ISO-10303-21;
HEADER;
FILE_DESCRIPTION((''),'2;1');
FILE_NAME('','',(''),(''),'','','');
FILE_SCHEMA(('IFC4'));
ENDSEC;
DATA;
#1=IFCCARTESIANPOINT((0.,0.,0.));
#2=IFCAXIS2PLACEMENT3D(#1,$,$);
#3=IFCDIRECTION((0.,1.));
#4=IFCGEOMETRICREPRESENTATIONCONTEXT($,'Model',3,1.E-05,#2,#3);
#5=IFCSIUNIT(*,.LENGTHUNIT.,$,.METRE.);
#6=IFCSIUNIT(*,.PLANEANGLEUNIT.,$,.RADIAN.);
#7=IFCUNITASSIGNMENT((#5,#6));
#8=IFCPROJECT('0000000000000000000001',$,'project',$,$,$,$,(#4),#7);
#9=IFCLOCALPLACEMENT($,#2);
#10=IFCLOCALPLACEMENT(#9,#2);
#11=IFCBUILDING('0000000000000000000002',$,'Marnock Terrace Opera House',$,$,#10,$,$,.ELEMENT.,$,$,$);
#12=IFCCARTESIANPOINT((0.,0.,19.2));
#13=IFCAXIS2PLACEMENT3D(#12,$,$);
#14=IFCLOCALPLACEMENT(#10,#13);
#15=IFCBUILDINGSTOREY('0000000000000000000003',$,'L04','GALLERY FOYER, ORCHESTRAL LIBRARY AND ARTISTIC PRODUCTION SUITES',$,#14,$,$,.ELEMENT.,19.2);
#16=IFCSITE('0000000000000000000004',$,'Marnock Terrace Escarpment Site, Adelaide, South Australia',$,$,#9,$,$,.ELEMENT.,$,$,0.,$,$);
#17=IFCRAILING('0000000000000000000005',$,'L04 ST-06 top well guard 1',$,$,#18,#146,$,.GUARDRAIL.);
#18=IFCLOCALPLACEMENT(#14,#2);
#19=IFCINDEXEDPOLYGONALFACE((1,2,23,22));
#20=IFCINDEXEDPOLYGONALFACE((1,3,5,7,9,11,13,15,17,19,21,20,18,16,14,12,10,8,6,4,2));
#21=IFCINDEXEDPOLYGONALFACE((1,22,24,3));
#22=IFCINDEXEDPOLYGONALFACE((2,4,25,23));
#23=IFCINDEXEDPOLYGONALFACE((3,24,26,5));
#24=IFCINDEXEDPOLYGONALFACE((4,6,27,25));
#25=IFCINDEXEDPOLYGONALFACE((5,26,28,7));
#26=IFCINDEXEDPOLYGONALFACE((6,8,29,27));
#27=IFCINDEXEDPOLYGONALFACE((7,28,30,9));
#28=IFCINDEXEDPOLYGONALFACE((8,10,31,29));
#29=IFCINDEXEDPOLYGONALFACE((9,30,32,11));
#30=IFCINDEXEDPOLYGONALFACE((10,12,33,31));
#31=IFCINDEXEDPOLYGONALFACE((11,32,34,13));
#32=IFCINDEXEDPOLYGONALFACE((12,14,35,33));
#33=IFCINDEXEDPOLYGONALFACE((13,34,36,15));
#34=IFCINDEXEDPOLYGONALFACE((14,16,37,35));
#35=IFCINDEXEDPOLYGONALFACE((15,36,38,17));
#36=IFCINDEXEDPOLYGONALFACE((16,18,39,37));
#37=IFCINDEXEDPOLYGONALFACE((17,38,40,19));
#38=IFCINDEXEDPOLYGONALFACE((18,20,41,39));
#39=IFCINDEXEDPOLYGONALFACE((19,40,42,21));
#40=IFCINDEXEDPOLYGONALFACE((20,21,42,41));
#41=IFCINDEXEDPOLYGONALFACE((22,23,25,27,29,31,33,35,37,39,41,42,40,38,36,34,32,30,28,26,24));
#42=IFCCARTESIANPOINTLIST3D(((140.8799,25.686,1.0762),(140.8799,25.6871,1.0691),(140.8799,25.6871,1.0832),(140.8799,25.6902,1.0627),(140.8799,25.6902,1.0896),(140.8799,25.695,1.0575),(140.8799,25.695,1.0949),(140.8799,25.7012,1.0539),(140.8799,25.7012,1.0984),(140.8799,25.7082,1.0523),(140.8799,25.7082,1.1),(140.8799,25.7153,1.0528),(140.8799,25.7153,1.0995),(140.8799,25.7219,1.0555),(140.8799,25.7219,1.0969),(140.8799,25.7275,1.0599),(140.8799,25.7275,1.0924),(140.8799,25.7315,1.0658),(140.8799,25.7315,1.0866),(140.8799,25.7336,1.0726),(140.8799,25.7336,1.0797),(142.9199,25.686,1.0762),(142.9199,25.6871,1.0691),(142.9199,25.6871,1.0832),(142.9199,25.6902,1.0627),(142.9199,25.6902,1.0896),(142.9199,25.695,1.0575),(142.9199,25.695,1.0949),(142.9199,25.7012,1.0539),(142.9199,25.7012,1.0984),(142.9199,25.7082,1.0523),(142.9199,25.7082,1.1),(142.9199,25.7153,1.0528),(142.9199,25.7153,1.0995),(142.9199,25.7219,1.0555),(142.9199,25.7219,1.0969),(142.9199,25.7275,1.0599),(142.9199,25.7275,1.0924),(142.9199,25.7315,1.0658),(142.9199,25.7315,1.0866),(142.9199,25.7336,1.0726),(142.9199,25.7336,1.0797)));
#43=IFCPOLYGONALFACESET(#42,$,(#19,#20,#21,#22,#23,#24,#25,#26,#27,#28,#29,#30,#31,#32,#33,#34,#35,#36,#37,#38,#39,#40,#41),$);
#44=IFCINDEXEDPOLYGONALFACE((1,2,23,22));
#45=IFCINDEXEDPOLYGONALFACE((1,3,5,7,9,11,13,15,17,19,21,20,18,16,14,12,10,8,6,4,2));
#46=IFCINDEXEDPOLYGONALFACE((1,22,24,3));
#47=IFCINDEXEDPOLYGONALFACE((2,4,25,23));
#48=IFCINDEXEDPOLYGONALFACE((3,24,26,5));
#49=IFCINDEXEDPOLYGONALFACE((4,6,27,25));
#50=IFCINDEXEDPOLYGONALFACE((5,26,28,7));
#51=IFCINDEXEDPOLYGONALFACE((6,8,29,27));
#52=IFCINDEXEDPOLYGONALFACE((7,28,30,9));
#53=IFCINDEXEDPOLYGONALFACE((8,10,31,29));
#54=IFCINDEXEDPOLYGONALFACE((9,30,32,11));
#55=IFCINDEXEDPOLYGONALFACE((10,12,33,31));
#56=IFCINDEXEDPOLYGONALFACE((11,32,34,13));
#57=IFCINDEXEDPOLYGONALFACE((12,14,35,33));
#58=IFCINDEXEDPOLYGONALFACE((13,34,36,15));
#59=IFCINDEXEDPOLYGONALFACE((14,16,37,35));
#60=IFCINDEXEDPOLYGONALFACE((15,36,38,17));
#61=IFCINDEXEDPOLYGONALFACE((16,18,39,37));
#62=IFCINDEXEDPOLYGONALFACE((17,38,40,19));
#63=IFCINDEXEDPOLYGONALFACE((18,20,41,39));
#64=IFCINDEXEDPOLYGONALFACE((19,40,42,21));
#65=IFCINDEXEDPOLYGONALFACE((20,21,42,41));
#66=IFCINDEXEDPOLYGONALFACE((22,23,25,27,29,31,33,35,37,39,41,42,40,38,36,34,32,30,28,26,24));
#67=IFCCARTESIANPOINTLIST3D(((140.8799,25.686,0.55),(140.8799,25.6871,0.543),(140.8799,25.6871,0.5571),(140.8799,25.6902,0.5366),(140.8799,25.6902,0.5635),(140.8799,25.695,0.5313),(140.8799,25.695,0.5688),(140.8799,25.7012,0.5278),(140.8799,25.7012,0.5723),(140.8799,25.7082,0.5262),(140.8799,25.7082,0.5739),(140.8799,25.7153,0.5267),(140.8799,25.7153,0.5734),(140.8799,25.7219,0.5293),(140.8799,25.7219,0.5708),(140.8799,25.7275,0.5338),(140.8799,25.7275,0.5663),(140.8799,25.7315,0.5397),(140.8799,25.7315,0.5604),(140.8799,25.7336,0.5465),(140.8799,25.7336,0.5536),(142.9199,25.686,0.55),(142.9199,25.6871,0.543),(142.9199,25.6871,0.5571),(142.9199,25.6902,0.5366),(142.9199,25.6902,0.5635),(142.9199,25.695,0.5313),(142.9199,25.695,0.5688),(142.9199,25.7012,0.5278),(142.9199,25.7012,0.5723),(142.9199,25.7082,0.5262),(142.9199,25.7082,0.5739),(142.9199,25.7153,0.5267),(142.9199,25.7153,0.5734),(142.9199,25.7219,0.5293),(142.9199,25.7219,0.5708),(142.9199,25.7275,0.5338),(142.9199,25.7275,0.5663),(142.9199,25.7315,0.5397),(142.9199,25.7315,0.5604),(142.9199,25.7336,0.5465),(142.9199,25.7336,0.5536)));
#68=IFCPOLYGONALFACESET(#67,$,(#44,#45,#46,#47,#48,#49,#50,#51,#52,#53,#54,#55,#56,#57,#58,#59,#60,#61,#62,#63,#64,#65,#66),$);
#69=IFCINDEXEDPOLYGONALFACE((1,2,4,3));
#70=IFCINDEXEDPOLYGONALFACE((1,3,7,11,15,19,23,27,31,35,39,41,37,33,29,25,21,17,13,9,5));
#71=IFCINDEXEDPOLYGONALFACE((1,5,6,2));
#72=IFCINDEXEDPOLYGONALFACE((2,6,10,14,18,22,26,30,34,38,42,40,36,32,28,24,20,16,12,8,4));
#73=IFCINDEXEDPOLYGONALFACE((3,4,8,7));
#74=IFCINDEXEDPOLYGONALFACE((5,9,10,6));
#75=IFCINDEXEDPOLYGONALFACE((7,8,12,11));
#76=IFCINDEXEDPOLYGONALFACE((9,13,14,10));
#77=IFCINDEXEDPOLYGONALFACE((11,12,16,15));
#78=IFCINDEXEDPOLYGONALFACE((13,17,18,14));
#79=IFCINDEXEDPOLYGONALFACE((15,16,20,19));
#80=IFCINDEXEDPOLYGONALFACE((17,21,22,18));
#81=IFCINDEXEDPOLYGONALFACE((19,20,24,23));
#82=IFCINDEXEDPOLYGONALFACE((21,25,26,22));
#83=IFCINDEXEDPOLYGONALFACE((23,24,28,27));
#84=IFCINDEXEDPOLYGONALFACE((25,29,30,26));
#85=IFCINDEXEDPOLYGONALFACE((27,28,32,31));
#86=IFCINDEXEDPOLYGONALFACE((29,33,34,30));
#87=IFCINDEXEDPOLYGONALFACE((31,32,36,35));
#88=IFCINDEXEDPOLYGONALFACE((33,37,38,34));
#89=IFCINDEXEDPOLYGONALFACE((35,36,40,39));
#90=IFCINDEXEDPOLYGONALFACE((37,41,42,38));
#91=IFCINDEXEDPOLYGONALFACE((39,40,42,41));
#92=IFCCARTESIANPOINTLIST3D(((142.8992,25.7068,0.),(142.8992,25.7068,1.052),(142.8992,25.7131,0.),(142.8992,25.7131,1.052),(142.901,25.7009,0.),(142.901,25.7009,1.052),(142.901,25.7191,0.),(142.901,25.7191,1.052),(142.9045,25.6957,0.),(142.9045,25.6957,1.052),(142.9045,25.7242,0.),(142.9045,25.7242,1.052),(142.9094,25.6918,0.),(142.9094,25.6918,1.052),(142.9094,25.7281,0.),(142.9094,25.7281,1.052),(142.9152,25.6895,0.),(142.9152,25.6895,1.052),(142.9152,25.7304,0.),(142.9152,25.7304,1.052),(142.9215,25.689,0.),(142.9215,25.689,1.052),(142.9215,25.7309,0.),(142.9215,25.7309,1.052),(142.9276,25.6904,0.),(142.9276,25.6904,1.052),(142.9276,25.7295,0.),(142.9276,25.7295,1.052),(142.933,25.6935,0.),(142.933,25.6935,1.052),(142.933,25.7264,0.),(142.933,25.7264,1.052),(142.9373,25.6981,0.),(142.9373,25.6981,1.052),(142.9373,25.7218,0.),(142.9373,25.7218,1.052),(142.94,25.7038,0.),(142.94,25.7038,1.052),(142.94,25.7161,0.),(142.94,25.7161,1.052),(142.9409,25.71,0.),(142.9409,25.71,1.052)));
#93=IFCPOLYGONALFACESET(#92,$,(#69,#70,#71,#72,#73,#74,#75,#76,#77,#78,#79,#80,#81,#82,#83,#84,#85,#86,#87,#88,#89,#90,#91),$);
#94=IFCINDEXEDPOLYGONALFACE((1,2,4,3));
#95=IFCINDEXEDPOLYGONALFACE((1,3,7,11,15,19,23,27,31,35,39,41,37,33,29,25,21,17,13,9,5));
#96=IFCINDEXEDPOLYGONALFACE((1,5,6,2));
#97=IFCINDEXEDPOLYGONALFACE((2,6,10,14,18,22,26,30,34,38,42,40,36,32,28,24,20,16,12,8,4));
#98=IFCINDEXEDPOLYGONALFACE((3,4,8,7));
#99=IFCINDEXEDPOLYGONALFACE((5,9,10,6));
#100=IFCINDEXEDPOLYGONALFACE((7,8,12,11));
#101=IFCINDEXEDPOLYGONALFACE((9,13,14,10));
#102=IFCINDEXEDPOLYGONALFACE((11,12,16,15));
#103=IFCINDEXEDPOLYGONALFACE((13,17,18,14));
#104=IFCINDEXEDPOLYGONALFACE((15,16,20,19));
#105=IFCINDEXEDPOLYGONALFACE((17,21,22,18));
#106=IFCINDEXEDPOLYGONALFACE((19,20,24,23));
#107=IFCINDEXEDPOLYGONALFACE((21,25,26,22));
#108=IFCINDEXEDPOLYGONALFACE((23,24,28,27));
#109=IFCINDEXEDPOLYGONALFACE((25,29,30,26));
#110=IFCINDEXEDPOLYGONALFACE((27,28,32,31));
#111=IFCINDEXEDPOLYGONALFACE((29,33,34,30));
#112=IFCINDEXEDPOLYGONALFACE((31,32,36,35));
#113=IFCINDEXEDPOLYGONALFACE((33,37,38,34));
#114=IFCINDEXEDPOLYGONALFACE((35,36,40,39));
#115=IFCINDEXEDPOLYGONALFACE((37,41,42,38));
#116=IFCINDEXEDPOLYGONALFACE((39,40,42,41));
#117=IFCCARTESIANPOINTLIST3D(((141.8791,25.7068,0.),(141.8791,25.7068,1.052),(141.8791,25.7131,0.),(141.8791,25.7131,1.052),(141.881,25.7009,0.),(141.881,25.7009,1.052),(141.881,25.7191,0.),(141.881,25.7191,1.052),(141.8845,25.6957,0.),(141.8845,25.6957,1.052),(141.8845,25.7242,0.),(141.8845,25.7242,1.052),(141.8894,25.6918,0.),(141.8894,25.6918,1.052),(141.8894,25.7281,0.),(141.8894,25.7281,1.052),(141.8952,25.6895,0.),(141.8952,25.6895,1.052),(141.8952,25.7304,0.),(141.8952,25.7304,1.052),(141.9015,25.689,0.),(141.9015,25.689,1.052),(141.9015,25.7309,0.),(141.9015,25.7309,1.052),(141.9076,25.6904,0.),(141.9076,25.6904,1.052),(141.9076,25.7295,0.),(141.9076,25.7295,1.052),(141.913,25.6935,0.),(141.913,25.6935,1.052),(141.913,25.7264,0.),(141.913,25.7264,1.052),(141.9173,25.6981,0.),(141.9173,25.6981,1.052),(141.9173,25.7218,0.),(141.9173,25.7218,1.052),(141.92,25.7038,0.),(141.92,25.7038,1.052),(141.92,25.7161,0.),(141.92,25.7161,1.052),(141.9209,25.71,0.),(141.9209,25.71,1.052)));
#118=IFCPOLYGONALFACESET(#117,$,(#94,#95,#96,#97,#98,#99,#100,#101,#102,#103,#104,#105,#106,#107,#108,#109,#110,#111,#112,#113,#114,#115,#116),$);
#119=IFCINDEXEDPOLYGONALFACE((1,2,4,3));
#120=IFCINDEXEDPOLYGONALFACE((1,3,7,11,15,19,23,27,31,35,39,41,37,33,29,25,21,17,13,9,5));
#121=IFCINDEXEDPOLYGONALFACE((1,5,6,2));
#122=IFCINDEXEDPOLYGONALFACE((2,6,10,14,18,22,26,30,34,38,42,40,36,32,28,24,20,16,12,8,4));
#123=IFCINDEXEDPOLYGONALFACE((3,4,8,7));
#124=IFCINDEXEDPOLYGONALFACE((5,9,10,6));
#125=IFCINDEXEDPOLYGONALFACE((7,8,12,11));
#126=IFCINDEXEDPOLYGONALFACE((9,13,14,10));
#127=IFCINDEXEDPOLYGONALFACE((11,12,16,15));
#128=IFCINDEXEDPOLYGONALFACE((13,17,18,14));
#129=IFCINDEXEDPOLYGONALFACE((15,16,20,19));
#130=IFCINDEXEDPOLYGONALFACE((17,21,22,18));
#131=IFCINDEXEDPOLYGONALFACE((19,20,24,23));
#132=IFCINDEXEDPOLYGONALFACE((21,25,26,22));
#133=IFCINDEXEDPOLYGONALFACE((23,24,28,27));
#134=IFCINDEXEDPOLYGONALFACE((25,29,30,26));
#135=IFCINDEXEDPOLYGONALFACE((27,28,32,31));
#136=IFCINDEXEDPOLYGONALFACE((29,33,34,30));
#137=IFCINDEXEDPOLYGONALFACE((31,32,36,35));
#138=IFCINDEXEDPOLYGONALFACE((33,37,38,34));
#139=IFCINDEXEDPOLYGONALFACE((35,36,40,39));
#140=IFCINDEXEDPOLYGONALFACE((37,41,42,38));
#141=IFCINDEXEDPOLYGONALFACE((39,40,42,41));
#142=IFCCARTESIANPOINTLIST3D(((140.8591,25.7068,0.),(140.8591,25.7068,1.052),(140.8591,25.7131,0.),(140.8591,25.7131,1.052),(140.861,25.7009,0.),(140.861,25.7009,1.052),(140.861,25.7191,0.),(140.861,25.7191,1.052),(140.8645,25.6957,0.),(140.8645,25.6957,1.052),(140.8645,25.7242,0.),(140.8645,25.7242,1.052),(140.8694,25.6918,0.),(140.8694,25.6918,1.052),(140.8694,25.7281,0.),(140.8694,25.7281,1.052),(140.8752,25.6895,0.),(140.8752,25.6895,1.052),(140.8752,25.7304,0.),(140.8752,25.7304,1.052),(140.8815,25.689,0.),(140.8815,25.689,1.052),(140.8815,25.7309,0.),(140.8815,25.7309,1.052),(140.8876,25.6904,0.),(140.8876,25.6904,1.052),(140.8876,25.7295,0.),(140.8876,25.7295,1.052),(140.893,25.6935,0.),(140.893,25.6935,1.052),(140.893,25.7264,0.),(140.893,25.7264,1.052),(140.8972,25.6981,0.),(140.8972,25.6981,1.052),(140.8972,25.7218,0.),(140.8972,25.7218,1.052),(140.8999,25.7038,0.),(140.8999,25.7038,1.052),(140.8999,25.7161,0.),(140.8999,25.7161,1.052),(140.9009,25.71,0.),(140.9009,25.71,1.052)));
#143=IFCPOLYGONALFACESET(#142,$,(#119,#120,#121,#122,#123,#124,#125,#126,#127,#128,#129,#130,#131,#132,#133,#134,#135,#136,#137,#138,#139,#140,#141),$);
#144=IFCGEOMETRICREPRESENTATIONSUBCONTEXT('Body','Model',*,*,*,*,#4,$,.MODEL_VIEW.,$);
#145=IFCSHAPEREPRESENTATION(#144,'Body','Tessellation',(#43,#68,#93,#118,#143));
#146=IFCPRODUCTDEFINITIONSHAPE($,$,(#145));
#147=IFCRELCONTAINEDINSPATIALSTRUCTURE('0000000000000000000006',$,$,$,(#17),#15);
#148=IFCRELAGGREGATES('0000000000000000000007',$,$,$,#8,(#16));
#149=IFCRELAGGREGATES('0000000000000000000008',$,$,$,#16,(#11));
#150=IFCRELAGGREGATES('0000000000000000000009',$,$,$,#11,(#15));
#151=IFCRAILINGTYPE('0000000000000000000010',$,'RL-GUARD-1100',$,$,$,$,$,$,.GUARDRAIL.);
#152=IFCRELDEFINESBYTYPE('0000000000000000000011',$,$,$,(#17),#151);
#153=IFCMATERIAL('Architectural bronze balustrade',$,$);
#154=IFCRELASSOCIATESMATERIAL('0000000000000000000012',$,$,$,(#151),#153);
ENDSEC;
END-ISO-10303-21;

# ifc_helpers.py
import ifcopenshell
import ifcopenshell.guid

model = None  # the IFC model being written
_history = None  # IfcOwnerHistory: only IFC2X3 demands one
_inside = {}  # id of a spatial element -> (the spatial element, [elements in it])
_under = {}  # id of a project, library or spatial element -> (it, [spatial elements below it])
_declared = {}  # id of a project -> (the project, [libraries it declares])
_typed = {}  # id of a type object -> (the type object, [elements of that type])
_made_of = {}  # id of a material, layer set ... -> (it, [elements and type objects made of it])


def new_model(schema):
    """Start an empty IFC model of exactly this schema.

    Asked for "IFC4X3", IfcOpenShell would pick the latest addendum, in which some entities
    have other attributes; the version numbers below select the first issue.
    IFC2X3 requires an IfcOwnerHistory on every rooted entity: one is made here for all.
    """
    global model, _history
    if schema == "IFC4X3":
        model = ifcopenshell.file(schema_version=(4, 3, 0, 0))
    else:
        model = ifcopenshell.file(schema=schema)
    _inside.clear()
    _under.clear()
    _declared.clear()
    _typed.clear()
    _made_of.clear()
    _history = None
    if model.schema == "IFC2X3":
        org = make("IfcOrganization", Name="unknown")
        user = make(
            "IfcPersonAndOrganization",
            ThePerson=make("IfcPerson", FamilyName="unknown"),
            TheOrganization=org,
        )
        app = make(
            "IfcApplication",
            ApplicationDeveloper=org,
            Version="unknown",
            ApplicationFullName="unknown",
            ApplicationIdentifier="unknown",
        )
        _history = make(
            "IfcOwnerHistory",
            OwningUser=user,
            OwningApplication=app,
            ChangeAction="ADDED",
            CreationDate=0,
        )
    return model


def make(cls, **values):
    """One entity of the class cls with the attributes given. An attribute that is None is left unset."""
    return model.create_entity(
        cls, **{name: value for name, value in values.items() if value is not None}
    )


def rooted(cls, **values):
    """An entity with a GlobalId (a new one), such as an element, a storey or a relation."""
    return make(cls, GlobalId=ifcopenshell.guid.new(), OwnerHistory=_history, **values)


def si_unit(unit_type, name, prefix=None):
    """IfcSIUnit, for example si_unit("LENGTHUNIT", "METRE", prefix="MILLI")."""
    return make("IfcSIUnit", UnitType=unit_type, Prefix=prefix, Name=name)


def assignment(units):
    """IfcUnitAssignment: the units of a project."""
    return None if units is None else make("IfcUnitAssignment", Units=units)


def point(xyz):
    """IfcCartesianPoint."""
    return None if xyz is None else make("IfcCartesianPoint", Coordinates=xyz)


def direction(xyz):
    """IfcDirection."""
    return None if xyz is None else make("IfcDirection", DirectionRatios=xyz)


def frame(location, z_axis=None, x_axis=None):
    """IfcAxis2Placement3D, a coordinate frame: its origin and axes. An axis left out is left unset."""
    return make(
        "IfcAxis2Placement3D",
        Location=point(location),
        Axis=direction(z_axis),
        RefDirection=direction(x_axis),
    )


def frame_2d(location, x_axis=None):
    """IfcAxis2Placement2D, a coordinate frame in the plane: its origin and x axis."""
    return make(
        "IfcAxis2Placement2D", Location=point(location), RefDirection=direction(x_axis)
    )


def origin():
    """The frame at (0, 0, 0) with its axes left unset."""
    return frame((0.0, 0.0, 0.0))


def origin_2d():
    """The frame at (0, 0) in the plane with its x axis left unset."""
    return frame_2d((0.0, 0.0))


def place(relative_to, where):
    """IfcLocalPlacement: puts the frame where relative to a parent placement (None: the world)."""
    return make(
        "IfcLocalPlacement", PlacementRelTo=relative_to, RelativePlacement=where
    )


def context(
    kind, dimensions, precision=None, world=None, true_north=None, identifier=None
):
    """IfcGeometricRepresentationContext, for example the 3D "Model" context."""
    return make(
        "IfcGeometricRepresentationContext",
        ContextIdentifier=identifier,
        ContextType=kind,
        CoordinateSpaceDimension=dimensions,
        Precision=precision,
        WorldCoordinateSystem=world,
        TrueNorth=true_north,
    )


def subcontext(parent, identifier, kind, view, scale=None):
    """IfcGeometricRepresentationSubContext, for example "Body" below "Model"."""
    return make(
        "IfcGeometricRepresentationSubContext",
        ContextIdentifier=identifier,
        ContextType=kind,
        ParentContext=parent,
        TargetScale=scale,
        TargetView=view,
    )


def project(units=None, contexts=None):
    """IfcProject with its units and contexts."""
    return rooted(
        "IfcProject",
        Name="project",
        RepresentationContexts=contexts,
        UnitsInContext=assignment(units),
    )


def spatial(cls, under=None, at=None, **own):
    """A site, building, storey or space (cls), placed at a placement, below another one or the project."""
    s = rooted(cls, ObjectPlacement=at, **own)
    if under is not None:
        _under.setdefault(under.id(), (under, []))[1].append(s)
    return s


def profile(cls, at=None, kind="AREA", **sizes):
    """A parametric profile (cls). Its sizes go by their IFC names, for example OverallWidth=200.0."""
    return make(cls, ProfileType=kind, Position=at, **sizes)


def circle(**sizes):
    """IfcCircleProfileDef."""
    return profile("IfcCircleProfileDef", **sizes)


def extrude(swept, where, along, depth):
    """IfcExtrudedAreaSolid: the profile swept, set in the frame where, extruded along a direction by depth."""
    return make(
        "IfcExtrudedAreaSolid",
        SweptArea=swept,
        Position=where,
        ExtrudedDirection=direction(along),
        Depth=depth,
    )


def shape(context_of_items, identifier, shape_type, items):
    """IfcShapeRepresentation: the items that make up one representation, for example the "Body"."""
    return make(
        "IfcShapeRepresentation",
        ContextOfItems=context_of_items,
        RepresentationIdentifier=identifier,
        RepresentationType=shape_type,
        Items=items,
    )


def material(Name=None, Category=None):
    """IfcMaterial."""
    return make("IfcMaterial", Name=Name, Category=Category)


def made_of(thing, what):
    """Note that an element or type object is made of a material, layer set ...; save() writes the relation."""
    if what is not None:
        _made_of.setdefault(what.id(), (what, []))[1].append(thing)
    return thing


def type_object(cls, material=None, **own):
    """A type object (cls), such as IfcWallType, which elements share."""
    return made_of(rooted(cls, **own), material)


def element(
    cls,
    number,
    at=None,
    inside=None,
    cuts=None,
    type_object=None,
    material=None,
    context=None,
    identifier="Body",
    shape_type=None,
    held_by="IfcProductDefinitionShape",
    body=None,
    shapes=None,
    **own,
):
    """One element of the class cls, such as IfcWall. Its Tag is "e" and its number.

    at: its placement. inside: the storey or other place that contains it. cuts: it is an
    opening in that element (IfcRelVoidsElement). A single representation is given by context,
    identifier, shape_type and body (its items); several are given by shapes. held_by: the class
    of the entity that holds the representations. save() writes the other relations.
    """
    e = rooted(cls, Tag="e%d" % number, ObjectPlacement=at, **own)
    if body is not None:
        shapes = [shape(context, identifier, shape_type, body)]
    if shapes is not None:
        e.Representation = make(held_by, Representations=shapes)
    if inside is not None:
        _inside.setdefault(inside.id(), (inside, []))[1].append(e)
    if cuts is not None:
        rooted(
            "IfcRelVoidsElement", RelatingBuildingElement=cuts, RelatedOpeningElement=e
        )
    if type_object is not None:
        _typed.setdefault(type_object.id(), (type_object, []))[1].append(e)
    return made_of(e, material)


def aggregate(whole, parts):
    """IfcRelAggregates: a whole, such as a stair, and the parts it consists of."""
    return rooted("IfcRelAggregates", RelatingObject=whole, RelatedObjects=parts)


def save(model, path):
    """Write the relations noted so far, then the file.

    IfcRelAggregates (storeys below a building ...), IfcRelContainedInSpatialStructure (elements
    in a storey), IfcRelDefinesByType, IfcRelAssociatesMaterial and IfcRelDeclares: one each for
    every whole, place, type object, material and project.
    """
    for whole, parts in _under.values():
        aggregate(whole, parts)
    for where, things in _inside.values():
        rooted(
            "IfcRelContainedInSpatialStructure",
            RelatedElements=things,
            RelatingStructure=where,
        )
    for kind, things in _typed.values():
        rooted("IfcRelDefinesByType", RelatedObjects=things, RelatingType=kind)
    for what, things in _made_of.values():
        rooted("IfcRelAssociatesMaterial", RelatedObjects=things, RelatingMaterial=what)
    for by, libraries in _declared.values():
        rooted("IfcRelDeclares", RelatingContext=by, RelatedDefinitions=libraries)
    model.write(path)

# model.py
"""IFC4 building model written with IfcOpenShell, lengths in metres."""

from ifc_helpers import new_model, si_unit, direction, frame, origin, origin_2d, place, context, subcontext, project, spatial, circle, extrude, material, type_object, element, save


model = new_model("IFC4")

# Units and contexts
model_context = context("Model", 3, precision=1e-05, world=origin(), true_north=direction((0.0, 1.0)))
body_context = subcontext(model_context, "Body", "Model", "MODEL_VIEW")
ifc_project = project(units=[si_unit("LENGTHUNIT", "METRE"), si_unit("PLANEANGLEUNIT", "RADIAN")], contexts=[model_context])

# Site, building, storey
site_placement = place(None, origin())
site = spatial("IfcSite", under=ifc_project, at=site_placement, Name="Marnock Terrace Escarpment Site, Adelaide, South Australia", CompositionType="ELEMENT", RefElevation=0.0)
building_placement = place(site_placement, origin())
building = spatial("IfcBuilding", under=site, at=building_placement, Name="Marnock Terrace Opera House", CompositionType="ELEMENT")
storey_placement = place(building_placement, frame((0.0, 0.0, 19.2)))
storey = spatial("IfcBuildingStorey", under=building, at=storey_placement, Name="L04", Description="GALLERY FOYER, ORCHESTRAL LIBRARY AND ARTISTIC PRODUCTION SUITES", CompositionType="ELEMENT", Elevation=19.2)

# Railing
ifc_material_1 = material(Name="Architectural bronze balustrade")
railing_type = type_object("IfcRailingType", Name="RL-GUARD-1100", PredefinedType="GUARDRAIL", material=ifc_material_1)
railing_placement = place(storey_placement, frame((142.9199, 25.71, 0.0)))
element("IfcRailing", 1, at=railing_placement, inside=storey, type_object=railing_type, Name="L04 ST-06 top well guard 1", PredefinedType="GUARDRAIL", context=body_context, shape_type="SweptSolid", body=[
    extrude(circle(Radius=0.0239, at=origin_2d()), frame((0.0, 0.0, 1.0762), z_axis=(-1.0, 0.0, 0.0), x_axis=(0.0, -1.0, 0.0)), (0.0, 0.0, 1.0), 2.04),
    extrude(circle(Radius=0.0239, at=origin_2d()), frame((0.0, 0.0, 0.55), z_axis=(-1.0, 0.0, 0.0), x_axis=(0.0, -1.0, 0.0)), (0.0, 0.0, 1.0), 2.04),
    extrude(circle(Radius=0.021, at=origin_2d()), origin(), (0.0, 0.0, 1.0), 1.052),
    extrude(circle(Radius=0.021, at=origin_2d()), frame((-1.02, 0.0, 0.0)), (0.0, 0.0, 1.0), 1.052),
    extrude(circle(Radius=0.021, at=origin_2d()), frame((-2.04, 0.0, 0.0)), (0.0, 0.0, 1.0), 1.052),
])

save(model, "model.ifc")
